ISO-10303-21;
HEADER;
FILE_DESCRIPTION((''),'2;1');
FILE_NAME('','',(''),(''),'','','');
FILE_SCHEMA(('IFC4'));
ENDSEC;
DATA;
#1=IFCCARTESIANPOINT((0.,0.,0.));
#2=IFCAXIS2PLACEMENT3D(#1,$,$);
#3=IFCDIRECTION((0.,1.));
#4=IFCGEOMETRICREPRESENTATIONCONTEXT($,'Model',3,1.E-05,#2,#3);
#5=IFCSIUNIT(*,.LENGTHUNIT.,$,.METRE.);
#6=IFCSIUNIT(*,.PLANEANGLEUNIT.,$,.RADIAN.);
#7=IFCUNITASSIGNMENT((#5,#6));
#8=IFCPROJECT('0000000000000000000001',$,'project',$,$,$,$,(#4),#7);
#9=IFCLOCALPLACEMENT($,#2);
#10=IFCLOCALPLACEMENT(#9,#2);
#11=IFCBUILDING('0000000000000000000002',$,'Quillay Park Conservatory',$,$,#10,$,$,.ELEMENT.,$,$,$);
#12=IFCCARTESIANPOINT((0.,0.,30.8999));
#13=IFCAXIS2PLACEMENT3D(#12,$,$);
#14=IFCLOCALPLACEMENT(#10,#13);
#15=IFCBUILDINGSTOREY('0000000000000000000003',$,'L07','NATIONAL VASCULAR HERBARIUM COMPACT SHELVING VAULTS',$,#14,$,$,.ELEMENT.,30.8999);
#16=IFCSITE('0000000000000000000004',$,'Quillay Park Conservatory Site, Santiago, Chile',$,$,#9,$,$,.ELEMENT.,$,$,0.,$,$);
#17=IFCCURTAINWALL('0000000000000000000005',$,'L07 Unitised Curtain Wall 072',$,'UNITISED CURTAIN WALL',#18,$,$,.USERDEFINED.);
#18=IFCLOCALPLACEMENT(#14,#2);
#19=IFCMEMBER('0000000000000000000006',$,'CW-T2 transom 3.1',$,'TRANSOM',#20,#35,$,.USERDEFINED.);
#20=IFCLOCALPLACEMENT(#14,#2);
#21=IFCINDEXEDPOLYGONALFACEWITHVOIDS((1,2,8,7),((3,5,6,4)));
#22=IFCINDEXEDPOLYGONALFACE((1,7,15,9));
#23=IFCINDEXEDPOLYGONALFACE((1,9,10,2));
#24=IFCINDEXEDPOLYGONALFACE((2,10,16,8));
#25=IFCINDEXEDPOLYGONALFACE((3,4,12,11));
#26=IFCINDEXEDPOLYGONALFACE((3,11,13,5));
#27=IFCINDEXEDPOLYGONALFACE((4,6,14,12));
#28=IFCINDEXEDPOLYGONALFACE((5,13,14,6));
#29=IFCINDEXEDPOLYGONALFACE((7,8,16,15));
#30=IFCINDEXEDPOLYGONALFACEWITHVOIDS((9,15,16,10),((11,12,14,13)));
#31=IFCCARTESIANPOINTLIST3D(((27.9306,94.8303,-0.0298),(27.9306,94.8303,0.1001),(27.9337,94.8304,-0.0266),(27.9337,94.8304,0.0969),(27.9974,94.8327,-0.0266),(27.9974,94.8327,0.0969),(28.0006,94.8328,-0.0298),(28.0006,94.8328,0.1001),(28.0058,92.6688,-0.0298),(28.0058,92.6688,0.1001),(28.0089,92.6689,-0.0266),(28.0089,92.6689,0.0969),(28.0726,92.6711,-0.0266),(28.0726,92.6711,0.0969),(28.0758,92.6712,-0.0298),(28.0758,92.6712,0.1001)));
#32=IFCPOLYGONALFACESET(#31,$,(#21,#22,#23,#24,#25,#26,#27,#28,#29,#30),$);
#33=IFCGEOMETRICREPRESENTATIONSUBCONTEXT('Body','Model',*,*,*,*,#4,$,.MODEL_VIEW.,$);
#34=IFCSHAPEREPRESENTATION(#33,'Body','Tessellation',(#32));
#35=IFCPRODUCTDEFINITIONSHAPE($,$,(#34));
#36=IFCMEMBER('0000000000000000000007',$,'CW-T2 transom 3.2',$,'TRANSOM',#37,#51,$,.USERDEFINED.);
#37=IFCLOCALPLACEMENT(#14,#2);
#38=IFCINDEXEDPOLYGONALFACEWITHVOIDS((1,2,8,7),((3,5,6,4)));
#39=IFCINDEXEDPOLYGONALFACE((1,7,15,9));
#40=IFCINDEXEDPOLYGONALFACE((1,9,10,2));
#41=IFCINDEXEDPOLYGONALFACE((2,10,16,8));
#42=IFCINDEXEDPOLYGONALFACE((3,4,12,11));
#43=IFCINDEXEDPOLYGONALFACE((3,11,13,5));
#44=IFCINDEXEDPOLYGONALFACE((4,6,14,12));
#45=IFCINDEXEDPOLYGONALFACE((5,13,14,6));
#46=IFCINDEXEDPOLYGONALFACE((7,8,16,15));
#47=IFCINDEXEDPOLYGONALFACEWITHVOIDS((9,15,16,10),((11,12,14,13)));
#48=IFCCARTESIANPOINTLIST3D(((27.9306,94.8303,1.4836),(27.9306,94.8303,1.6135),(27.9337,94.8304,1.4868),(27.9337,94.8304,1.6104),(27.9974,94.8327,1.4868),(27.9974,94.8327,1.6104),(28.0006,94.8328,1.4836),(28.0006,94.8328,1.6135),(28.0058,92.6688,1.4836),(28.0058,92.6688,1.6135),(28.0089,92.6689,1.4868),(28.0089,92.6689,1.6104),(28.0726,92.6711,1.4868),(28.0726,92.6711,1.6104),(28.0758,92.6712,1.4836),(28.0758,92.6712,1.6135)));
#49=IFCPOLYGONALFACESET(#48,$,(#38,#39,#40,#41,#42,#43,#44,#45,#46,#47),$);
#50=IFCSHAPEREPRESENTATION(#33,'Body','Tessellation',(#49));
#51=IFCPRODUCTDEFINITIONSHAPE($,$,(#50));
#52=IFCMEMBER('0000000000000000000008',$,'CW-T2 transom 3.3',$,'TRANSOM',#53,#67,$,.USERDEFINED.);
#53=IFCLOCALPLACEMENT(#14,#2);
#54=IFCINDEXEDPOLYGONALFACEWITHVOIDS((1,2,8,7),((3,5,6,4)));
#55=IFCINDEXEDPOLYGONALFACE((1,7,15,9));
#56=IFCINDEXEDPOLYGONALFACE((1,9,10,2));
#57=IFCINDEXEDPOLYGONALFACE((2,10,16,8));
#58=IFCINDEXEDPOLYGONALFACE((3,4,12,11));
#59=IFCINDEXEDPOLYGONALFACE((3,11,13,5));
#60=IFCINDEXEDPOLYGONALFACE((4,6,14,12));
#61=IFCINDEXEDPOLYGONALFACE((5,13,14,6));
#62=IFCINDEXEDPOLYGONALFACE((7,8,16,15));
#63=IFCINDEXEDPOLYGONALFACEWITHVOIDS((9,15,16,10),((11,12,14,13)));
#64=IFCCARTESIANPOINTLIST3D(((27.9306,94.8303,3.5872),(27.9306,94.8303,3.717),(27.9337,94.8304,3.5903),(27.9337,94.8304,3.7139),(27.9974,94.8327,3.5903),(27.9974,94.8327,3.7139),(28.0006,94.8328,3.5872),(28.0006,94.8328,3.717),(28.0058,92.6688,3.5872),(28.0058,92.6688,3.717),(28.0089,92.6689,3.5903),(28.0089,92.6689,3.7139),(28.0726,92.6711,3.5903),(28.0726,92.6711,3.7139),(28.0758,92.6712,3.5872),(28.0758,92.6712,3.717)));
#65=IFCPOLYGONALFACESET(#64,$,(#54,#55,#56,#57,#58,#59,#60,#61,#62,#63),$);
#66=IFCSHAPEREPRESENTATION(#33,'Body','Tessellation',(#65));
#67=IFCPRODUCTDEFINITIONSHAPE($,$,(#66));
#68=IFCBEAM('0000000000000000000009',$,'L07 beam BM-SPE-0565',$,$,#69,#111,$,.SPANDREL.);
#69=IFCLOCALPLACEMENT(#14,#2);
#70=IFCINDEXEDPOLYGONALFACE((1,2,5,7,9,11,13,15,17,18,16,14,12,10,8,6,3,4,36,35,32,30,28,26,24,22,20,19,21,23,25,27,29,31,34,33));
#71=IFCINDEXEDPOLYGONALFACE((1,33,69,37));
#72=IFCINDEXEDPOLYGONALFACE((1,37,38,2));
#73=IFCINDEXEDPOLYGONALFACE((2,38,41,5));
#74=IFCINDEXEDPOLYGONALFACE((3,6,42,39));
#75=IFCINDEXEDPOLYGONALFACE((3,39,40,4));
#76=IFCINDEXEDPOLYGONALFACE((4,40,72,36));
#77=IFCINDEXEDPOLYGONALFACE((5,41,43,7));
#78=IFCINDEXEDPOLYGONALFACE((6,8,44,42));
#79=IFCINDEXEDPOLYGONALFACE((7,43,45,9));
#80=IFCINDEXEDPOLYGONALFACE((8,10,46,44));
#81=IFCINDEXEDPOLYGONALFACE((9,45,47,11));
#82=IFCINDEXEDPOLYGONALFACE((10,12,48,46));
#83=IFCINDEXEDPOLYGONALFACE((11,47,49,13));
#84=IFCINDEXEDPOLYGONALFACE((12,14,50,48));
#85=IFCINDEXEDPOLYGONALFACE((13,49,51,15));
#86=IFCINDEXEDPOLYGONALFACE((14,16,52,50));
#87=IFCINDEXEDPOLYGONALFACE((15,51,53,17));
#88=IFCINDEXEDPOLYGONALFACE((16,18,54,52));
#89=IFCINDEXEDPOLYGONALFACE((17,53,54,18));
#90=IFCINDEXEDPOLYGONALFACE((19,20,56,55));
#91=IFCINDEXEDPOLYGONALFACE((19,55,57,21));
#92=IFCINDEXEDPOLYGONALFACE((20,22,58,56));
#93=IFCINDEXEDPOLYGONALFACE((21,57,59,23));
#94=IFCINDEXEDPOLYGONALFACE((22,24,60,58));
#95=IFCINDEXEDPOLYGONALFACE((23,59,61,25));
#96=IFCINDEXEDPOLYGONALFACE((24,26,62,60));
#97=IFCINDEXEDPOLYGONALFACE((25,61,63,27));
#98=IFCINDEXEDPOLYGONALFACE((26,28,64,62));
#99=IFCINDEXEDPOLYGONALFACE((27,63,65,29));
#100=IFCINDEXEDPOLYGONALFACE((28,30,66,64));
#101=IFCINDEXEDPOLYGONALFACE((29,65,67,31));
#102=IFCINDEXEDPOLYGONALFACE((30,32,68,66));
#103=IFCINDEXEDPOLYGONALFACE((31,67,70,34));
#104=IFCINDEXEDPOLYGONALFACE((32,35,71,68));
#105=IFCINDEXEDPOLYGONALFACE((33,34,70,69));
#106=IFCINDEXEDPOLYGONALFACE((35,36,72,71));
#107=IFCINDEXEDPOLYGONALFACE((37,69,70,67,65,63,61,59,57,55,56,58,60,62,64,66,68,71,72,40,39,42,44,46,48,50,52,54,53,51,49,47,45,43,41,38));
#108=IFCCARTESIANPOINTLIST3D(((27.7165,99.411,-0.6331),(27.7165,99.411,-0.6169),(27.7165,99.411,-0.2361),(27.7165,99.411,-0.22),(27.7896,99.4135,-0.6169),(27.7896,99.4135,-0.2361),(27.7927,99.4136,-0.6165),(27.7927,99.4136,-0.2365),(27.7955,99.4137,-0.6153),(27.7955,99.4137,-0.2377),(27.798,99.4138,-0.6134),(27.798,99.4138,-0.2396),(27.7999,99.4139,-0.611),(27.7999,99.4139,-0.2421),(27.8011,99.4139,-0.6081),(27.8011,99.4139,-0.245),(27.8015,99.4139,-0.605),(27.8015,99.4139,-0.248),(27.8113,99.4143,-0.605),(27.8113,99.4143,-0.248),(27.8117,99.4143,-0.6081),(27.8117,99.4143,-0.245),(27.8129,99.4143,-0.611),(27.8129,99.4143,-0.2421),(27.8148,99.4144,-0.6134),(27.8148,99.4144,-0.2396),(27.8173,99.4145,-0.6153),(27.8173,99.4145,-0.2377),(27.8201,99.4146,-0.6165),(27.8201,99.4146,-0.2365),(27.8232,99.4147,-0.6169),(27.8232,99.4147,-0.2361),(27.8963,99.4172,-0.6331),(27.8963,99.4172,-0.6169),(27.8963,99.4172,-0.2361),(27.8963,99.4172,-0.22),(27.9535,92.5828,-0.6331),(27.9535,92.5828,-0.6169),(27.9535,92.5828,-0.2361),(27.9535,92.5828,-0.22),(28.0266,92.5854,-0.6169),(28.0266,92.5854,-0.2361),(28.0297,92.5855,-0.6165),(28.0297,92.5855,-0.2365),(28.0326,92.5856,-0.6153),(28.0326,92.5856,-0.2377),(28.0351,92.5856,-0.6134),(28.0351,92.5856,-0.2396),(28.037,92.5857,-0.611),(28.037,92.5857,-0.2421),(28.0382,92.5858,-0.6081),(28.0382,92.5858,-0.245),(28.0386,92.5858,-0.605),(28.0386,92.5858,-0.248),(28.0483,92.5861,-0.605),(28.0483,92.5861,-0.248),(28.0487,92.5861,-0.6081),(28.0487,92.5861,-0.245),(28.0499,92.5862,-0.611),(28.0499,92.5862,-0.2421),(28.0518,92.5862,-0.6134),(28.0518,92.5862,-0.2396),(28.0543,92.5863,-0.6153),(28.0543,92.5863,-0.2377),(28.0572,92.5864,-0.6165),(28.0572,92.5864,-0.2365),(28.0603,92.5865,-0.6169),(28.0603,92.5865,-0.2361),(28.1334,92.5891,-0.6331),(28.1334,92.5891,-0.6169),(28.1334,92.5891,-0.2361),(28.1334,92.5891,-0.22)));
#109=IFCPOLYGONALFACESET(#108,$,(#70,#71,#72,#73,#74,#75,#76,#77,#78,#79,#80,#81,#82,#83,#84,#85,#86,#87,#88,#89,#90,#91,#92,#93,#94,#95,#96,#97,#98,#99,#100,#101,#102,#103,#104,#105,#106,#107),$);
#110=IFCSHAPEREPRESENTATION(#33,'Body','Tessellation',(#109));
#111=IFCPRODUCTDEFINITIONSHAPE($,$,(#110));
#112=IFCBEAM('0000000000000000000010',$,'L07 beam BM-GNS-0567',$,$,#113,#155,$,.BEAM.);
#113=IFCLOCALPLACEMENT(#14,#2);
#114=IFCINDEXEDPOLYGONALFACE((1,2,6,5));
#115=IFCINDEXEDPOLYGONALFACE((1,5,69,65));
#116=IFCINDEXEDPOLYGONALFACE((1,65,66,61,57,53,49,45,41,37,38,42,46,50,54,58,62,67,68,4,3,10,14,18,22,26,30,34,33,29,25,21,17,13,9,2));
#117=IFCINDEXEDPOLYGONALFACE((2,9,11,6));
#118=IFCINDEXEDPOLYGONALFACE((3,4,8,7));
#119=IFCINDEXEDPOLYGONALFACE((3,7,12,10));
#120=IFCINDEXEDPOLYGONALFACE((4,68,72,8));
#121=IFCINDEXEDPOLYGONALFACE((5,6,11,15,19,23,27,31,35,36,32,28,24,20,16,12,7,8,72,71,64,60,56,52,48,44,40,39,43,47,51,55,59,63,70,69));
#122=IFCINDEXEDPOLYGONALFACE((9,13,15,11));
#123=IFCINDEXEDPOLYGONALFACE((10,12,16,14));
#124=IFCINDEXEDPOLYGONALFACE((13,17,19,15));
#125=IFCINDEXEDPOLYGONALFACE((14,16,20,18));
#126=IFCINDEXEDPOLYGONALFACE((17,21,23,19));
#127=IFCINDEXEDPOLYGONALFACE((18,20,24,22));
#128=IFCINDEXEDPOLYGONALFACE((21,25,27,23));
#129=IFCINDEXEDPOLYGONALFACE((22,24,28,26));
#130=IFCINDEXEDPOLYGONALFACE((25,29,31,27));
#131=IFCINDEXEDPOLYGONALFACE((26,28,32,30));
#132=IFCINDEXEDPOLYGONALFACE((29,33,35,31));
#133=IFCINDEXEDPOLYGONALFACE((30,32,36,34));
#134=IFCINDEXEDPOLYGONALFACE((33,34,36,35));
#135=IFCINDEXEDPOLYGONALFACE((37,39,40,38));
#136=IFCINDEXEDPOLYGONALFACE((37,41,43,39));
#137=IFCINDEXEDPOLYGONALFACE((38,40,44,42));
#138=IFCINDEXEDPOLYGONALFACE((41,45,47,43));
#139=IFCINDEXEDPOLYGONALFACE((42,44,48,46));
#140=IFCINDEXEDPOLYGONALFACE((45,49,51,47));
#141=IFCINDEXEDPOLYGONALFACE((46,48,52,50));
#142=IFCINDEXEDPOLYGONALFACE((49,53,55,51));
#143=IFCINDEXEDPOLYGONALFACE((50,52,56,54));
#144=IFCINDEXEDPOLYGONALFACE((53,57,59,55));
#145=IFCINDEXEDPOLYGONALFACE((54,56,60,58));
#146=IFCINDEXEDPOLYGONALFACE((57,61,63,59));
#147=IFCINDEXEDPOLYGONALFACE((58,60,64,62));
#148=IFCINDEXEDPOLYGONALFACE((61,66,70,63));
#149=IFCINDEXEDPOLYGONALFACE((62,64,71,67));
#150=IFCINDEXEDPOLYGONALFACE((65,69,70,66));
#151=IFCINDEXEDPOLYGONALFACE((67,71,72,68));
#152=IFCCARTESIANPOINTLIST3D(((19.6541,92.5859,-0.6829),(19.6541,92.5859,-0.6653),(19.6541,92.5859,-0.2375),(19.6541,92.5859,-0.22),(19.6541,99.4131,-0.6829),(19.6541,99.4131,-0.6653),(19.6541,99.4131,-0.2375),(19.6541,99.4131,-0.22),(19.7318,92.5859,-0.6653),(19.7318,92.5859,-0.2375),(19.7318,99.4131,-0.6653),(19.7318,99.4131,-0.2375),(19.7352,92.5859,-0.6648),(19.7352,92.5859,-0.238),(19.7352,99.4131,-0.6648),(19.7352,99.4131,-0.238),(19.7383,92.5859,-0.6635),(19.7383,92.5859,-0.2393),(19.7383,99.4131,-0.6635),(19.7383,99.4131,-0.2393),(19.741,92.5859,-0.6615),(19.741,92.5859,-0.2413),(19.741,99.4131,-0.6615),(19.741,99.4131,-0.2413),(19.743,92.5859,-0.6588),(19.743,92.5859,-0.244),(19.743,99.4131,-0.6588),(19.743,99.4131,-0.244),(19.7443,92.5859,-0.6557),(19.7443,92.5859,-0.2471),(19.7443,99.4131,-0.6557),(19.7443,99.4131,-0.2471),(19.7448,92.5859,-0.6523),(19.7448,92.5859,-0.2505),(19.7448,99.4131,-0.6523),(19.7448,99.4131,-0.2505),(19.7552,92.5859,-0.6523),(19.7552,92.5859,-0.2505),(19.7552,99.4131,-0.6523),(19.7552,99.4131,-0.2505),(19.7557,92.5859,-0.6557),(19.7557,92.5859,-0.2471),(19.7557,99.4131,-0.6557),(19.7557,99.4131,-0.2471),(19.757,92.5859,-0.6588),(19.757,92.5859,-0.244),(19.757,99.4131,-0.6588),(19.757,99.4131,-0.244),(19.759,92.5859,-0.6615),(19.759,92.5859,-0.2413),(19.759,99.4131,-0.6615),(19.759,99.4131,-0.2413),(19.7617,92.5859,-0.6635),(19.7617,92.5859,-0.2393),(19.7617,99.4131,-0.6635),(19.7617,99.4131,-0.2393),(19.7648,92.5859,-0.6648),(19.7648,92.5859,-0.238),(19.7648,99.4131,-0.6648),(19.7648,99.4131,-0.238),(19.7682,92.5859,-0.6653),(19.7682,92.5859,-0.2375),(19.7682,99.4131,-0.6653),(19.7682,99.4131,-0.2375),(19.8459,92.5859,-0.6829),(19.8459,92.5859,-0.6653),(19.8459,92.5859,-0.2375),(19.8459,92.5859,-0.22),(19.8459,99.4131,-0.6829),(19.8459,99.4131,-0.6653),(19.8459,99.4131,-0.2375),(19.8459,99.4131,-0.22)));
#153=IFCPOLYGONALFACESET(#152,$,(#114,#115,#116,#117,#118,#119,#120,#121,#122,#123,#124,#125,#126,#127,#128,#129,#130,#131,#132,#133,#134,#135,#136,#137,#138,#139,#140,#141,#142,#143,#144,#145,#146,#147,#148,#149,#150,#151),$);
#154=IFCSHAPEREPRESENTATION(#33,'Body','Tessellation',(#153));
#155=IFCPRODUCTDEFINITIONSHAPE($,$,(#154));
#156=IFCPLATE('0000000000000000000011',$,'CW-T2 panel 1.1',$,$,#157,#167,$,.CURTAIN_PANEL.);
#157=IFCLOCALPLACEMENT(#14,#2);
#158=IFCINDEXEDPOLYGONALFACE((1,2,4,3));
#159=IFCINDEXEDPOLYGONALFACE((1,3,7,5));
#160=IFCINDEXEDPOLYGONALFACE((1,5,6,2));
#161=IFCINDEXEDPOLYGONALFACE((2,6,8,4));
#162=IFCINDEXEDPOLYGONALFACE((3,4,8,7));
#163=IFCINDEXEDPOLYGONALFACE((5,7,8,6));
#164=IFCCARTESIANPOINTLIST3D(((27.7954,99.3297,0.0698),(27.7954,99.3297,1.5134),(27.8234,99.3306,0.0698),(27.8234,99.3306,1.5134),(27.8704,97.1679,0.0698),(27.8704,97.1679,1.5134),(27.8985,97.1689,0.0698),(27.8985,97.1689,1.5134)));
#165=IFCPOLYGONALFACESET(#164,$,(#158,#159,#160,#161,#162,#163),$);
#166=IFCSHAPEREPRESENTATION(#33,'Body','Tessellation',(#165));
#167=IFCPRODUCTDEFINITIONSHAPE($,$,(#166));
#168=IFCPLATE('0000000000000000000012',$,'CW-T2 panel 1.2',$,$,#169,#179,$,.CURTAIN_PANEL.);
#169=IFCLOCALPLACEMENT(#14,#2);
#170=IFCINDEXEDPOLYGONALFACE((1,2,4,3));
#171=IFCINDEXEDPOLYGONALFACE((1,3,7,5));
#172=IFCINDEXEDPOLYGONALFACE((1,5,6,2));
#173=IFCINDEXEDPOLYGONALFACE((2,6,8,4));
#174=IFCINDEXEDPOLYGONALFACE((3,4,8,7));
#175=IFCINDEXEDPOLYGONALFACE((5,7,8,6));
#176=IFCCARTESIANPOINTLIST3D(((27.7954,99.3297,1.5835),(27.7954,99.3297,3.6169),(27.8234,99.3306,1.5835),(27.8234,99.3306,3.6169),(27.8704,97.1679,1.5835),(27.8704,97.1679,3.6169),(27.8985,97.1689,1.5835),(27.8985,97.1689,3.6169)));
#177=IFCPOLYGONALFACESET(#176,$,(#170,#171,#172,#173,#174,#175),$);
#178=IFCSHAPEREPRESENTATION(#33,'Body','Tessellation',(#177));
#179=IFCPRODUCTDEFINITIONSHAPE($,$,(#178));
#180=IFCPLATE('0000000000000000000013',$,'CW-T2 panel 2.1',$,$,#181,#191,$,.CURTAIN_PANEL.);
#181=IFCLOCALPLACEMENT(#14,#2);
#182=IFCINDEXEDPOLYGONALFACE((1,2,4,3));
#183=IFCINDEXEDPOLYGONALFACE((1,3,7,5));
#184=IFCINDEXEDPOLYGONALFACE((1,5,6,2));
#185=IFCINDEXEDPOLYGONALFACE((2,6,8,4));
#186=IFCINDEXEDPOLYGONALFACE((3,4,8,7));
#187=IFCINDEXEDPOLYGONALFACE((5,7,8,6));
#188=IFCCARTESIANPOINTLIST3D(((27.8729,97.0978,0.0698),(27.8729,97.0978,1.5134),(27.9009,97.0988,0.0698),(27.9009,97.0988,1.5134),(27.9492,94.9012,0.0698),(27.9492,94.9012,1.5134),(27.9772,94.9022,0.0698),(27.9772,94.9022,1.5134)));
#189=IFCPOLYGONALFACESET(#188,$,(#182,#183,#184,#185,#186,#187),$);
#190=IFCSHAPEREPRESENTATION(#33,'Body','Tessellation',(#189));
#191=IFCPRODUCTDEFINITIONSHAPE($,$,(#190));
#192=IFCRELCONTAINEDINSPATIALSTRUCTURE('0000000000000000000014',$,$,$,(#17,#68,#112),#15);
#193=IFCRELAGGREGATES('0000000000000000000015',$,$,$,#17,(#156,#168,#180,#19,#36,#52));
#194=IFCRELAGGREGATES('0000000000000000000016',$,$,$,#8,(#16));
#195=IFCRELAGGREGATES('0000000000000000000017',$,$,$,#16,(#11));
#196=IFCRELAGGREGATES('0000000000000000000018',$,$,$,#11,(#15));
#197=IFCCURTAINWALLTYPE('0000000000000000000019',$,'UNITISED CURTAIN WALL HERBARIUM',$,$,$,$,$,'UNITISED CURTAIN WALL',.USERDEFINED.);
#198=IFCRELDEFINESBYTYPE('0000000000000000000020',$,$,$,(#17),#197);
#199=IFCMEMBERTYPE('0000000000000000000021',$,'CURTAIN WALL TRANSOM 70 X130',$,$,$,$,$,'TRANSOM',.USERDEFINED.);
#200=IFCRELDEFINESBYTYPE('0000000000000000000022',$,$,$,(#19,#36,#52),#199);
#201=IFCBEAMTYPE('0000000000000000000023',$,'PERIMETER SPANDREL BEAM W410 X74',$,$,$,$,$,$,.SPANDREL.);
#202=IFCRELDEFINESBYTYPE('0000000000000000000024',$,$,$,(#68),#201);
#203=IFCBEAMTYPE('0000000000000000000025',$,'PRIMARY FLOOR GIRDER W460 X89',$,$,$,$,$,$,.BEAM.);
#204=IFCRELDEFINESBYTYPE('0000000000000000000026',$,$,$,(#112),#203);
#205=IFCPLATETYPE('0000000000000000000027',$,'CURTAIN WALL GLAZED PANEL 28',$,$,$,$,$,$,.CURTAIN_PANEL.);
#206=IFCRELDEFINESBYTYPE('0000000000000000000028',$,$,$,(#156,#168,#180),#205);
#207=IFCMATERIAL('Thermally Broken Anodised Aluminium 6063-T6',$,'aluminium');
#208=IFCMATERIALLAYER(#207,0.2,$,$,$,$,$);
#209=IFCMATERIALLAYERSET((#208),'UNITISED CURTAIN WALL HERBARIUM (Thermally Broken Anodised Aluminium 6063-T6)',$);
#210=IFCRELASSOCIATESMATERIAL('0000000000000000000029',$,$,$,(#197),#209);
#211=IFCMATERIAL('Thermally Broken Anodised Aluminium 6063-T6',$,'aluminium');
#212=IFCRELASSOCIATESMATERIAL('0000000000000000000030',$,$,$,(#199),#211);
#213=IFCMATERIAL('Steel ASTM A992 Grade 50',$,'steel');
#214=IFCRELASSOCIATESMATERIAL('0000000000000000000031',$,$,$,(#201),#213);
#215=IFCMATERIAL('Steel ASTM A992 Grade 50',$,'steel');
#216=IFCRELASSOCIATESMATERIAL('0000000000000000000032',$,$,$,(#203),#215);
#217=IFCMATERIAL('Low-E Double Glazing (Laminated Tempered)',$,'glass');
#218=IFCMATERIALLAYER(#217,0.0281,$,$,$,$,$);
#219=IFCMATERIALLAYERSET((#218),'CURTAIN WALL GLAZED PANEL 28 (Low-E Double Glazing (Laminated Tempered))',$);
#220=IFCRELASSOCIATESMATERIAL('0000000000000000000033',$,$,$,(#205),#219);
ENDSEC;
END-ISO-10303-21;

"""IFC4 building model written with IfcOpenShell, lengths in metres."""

from ifc_helpers import new_model, si_unit, direction, frame, origin, origin_2d, place, context, subcontext, project, spatial, rectangle, hollow_rectangle, i_section, extrude, material, layer, layer_set, material_profile, profile_set, type_object, element, aggregate, save


model = new_model("IFC4")

# Units and contexts
model_context = context("Model", 3, precision=1e-05, world=origin(), true_north=direction((0.0, 1.0)))
body_context = subcontext(model_context, "Body", "Model", "MODEL_VIEW")
ifc_project = project(units=[si_unit("LENGTHUNIT", "METRE"), si_unit("PLANEANGLEUNIT", "RADIAN")], contexts=[model_context])

# Site, building, storey
site_placement = place(None, origin())
site = spatial("IfcSite", under=ifc_project, at=site_placement, Name="Quillay Park Conservatory Site, Santiago, Chile", CompositionType="ELEMENT", RefElevation=0.0)
building_placement = place(site_placement, origin())
building = spatial("IfcBuilding", under=site, at=building_placement, Name="Quillay Park Conservatory", CompositionType="ELEMENT")
storey_placement = place(building_placement, frame((0.0, 0.0, 30.8999)))
storey = spatial("IfcBuildingStorey", under=building, at=storey_placement, Name="L07", Description="NATIONAL VASCULAR HERBARIUM COMPACT SHELVING VAULTS", CompositionType="ELEMENT", Elevation=30.8999)

# Curtain wall, members
ifc_material_1 = material(Name="Thermally Broken Anodised Aluminium 6063-T6", Category="aluminium")
ifc_layer_1 = layer(ifc_material_1, 0.2)
ifc_layer_set_1 = layer_set([ifc_layer_1], Name="UNITISED CURTAIN WALL HERBARIUM (Thermally Broken Anodised Aluminium 6063-T6)")
curtain_wall_type = type_object("IfcCurtainWallType", Name="UNITISED CURTAIN WALL HERBARIUM", ElementType="UNITISED CURTAIN WALL", PredefinedType="USERDEFINED", material=ifc_layer_set_1)
curtain_wall_placement = place(storey_placement, origin())
curtain_wall = element("IfcCurtainWall", 1, at=curtain_wall_placement, inside=storey, type_object=curtain_wall_type, Name="L07 Unitised Curtain Wall 072", ObjectType="UNITISED CURTAIN WALL", PredefinedType="USERDEFINED")
ifc_material_2 = material(Name="Thermally Broken Anodised Aluminium 6063-T6", Category="aluminium")
ifc_material_profile_1 = material_profile(ifc_material_2, hollow_rectangle(XDim=0.0701, YDim=0.1299, WallThickness=0.0032, at=origin_2d()), Name="AL70x130x3.2")
ifc_profile_set_1 = profile_set([ifc_material_profile_1], Name="Thermally Broken Anodised Aluminium 6063-T6")
member_type_1 = type_object("IfcMemberType", Name="CURTAIN WALL TRANSOM 70 X130", ElementType="TRANSOM", PredefinedType="USERDEFINED", material=ifc_profile_set_1)
member_1_placement = place(storey_placement, frame((27.9656, 94.8315, 0.0352), z_axis=(0.034766, -0.999395, 0.0), x_axis=(0.999395, 0.034766, 0.0)))
member_1 = element("IfcMember", 2, at=member_1_placement, type_object=member_type_1, Name="CW-T2 transom 3.1", ObjectType="TRANSOM", PredefinedType="USERDEFINED", context=body_context, shape_type="SweptSolid", body=[
    extrude(hollow_rectangle(XDim=0.0701, YDim=0.1299, WallThickness=0.0032, at=origin_2d()), origin(), (0.0, 0.0, 1.0), 2.1628),
])
member_2_placement = place(storey_placement, frame((27.9656, 94.8315, 1.5486), z_axis=(0.034766, -0.999395, 0.0), x_axis=(0.999395, 0.034766, 0.0)))
member_2 = element("IfcMember", 3, at=member_2_placement, type_object=member_type_1, Name="CW-T2 transom 3.2", ObjectType="TRANSOM", PredefinedType="USERDEFINED", context=body_context, shape_type="SweptSolid", body=[
    extrude(hollow_rectangle(XDim=0.0701, YDim=0.1299, WallThickness=0.0032, at=origin_2d()), origin(), (0.0, 0.0, 1.0), 2.1628),
])
member_3_placement = place(storey_placement, frame((27.9656, 94.8315, 3.6521), z_axis=(0.034766, -0.999395, 0.0), x_axis=(0.999395, 0.034766, 0.0)))
member_3 = element("IfcMember", 4, at=member_3_placement, type_object=member_type_1, Name="CW-T2 transom 3.3", ObjectType="TRANSOM", PredefinedType="USERDEFINED", context=body_context, shape_type="SweptSolid", body=[
    extrude(hollow_rectangle(XDim=0.0701, YDim=0.1299, WallThickness=0.0032, at=origin_2d()), origin(), (0.0, 0.0, 1.0), 2.1628),
])

# Beams
ifc_material_3 = material(Name="Steel ASTM A992 Grade 50", Category="steel")
ifc_material_profile_2 = material_profile(ifc_material_3, i_section(OverallWidth=0.1799, OverallDepth=0.4131, WebThickness=0.0098, FlangeThickness=0.0161, FilletRadius=0.012, at=origin_2d()), Name="W410x74")
ifc_profile_set_2 = profile_set([ifc_material_profile_2], Name="Steel ASTM A992 Grade 50")
beam_type_1 = type_object("IfcBeamType", Name="PERIMETER SPANDREL BEAM W410 X74", PredefinedType="SPANDREL", material=ifc_profile_set_2)
beam_1_placement = place(storey_placement, frame((28.0435, 92.5859, -0.4265), z_axis=(-0.034697, 0.999398, 0.0), x_axis=(-0.999398, -0.034697, 0.0)))
element("IfcBeam", 5, at=beam_1_placement, inside=storey, type_object=beam_type_1, Name="L07 beam BM-SPE-0565", PredefinedType="SPANDREL", context=body_context, shape_type="SweptSolid", body=[
    extrude(i_section(OverallWidth=0.1799, OverallDepth=0.4131, WebThickness=0.0098, FlangeThickness=0.0161, FilletRadius=0.012, at=origin_2d()), origin(), (0.0, 0.0, 1.0), 6.8323),
])
ifc_material_4 = material(Name="Steel ASTM A992 Grade 50", Category="steel")
ifc_material_profile_3 = material_profile(ifc_material_4, i_section(OverallWidth=0.1919, OverallDepth=0.4629, WebThickness=0.0105, FlangeThickness=0.0176, FilletRadius=0.0129, at=origin_2d()), Name="W460x89")
ifc_profile_set_3 = profile_set([ifc_material_profile_3], Name="Steel ASTM A992 Grade 50")
beam_type_2 = type_object("IfcBeamType", Name="PRIMARY FLOOR GIRDER W460 X89", PredefinedType="BEAM", material=ifc_profile_set_3)
beam_2_placement = place(storey_placement, frame((19.75, 92.5859, -0.4514), z_axis=(0.0, 1.0, 0.0), x_axis=(-1.0, 0.0, 0.0)))
element("IfcBeam", 6, at=beam_2_placement, inside=storey, type_object=beam_type_2, Name="L07 beam BM-GNS-0567", PredefinedType="BEAM", context=body_context, shape_type="SweptSolid", body=[
    extrude(i_section(OverallWidth=0.1919, OverallDepth=0.4629, WebThickness=0.0105, FlangeThickness=0.0176, FilletRadius=0.0129, at=origin_2d()), origin(), (0.0, 0.0, 1.0), 6.8271),
])

# Plates
ifc_material_5 = material(Name="Low-E Double Glazing (Laminated Tempered)", Category="glass")
ifc_layer_2 = layer(ifc_material_5, 0.0281)
ifc_layer_set_2 = layer_set([ifc_layer_2], Name="CURTAIN WALL GLAZED PANEL 28 (Low-E Double Glazing (Laminated Tempered))")
plate_type = type_object("IfcPlateType", Name="CURTAIN WALL GLAZED PANEL 28", PredefinedType="CURTAIN_PANEL", material=ifc_layer_set_2)
plate_1_placement = place(storey_placement, frame((27.8469, 98.2493, 0.0698), z_axis=(0.0, 0.0, 1.0), x_axis=(0.034713, -0.999397, 0.0)))
plate_1 = element("IfcPlate", 7, at=plate_1_placement, type_object=plate_type, Name="CW-T2 panel 1.1", PredefinedType="CURTAIN_PANEL", context=body_context, shape_type="SweptSolid", body=[
    extrude(rectangle(XDim=2.1631, YDim=0.0281, at=origin_2d()), origin(), (0.0, 0.0, 1.0), 1.4436),
])
plate_2_placement = place(storey_placement, frame((27.8469, 98.2493, 1.5835), z_axis=(0.0, 0.0, 1.0), x_axis=(0.034713, -0.999397, 0.0)))
plate_2 = element("IfcPlate", 8, at=plate_2_placement, type_object=plate_type, Name="CW-T2 panel 1.2", PredefinedType="CURTAIN_PANEL", context=body_context, shape_type="SweptSolid", body=[
    extrude(rectangle(XDim=2.1631, YDim=0.0281, at=origin_2d()), origin(), (0.0, 0.0, 1.0), 2.0334),
])
plate_3_placement = place(storey_placement, frame((27.925, 96.0, 0.0698), z_axis=(0.0, 0.0, 1.0), x_axis=(0.034713, -0.999397, 0.0)))
plate_3 = element("IfcPlate", 9, at=plate_3_placement, type_object=plate_type, Name="CW-T2 panel 2.1", PredefinedType="CURTAIN_PANEL", context=body_context, shape_type="SweptSolid", body=[
    extrude(rectangle(XDim=2.198, YDim=0.0281, at=origin_2d()), origin(), (0.0, 0.0, 1.0), 1.4436),
])
aggregate(curtain_wall, [plate_1, plate_2, plate_3, member_1, member_2, member_3])

save(model, "model.ifc")
